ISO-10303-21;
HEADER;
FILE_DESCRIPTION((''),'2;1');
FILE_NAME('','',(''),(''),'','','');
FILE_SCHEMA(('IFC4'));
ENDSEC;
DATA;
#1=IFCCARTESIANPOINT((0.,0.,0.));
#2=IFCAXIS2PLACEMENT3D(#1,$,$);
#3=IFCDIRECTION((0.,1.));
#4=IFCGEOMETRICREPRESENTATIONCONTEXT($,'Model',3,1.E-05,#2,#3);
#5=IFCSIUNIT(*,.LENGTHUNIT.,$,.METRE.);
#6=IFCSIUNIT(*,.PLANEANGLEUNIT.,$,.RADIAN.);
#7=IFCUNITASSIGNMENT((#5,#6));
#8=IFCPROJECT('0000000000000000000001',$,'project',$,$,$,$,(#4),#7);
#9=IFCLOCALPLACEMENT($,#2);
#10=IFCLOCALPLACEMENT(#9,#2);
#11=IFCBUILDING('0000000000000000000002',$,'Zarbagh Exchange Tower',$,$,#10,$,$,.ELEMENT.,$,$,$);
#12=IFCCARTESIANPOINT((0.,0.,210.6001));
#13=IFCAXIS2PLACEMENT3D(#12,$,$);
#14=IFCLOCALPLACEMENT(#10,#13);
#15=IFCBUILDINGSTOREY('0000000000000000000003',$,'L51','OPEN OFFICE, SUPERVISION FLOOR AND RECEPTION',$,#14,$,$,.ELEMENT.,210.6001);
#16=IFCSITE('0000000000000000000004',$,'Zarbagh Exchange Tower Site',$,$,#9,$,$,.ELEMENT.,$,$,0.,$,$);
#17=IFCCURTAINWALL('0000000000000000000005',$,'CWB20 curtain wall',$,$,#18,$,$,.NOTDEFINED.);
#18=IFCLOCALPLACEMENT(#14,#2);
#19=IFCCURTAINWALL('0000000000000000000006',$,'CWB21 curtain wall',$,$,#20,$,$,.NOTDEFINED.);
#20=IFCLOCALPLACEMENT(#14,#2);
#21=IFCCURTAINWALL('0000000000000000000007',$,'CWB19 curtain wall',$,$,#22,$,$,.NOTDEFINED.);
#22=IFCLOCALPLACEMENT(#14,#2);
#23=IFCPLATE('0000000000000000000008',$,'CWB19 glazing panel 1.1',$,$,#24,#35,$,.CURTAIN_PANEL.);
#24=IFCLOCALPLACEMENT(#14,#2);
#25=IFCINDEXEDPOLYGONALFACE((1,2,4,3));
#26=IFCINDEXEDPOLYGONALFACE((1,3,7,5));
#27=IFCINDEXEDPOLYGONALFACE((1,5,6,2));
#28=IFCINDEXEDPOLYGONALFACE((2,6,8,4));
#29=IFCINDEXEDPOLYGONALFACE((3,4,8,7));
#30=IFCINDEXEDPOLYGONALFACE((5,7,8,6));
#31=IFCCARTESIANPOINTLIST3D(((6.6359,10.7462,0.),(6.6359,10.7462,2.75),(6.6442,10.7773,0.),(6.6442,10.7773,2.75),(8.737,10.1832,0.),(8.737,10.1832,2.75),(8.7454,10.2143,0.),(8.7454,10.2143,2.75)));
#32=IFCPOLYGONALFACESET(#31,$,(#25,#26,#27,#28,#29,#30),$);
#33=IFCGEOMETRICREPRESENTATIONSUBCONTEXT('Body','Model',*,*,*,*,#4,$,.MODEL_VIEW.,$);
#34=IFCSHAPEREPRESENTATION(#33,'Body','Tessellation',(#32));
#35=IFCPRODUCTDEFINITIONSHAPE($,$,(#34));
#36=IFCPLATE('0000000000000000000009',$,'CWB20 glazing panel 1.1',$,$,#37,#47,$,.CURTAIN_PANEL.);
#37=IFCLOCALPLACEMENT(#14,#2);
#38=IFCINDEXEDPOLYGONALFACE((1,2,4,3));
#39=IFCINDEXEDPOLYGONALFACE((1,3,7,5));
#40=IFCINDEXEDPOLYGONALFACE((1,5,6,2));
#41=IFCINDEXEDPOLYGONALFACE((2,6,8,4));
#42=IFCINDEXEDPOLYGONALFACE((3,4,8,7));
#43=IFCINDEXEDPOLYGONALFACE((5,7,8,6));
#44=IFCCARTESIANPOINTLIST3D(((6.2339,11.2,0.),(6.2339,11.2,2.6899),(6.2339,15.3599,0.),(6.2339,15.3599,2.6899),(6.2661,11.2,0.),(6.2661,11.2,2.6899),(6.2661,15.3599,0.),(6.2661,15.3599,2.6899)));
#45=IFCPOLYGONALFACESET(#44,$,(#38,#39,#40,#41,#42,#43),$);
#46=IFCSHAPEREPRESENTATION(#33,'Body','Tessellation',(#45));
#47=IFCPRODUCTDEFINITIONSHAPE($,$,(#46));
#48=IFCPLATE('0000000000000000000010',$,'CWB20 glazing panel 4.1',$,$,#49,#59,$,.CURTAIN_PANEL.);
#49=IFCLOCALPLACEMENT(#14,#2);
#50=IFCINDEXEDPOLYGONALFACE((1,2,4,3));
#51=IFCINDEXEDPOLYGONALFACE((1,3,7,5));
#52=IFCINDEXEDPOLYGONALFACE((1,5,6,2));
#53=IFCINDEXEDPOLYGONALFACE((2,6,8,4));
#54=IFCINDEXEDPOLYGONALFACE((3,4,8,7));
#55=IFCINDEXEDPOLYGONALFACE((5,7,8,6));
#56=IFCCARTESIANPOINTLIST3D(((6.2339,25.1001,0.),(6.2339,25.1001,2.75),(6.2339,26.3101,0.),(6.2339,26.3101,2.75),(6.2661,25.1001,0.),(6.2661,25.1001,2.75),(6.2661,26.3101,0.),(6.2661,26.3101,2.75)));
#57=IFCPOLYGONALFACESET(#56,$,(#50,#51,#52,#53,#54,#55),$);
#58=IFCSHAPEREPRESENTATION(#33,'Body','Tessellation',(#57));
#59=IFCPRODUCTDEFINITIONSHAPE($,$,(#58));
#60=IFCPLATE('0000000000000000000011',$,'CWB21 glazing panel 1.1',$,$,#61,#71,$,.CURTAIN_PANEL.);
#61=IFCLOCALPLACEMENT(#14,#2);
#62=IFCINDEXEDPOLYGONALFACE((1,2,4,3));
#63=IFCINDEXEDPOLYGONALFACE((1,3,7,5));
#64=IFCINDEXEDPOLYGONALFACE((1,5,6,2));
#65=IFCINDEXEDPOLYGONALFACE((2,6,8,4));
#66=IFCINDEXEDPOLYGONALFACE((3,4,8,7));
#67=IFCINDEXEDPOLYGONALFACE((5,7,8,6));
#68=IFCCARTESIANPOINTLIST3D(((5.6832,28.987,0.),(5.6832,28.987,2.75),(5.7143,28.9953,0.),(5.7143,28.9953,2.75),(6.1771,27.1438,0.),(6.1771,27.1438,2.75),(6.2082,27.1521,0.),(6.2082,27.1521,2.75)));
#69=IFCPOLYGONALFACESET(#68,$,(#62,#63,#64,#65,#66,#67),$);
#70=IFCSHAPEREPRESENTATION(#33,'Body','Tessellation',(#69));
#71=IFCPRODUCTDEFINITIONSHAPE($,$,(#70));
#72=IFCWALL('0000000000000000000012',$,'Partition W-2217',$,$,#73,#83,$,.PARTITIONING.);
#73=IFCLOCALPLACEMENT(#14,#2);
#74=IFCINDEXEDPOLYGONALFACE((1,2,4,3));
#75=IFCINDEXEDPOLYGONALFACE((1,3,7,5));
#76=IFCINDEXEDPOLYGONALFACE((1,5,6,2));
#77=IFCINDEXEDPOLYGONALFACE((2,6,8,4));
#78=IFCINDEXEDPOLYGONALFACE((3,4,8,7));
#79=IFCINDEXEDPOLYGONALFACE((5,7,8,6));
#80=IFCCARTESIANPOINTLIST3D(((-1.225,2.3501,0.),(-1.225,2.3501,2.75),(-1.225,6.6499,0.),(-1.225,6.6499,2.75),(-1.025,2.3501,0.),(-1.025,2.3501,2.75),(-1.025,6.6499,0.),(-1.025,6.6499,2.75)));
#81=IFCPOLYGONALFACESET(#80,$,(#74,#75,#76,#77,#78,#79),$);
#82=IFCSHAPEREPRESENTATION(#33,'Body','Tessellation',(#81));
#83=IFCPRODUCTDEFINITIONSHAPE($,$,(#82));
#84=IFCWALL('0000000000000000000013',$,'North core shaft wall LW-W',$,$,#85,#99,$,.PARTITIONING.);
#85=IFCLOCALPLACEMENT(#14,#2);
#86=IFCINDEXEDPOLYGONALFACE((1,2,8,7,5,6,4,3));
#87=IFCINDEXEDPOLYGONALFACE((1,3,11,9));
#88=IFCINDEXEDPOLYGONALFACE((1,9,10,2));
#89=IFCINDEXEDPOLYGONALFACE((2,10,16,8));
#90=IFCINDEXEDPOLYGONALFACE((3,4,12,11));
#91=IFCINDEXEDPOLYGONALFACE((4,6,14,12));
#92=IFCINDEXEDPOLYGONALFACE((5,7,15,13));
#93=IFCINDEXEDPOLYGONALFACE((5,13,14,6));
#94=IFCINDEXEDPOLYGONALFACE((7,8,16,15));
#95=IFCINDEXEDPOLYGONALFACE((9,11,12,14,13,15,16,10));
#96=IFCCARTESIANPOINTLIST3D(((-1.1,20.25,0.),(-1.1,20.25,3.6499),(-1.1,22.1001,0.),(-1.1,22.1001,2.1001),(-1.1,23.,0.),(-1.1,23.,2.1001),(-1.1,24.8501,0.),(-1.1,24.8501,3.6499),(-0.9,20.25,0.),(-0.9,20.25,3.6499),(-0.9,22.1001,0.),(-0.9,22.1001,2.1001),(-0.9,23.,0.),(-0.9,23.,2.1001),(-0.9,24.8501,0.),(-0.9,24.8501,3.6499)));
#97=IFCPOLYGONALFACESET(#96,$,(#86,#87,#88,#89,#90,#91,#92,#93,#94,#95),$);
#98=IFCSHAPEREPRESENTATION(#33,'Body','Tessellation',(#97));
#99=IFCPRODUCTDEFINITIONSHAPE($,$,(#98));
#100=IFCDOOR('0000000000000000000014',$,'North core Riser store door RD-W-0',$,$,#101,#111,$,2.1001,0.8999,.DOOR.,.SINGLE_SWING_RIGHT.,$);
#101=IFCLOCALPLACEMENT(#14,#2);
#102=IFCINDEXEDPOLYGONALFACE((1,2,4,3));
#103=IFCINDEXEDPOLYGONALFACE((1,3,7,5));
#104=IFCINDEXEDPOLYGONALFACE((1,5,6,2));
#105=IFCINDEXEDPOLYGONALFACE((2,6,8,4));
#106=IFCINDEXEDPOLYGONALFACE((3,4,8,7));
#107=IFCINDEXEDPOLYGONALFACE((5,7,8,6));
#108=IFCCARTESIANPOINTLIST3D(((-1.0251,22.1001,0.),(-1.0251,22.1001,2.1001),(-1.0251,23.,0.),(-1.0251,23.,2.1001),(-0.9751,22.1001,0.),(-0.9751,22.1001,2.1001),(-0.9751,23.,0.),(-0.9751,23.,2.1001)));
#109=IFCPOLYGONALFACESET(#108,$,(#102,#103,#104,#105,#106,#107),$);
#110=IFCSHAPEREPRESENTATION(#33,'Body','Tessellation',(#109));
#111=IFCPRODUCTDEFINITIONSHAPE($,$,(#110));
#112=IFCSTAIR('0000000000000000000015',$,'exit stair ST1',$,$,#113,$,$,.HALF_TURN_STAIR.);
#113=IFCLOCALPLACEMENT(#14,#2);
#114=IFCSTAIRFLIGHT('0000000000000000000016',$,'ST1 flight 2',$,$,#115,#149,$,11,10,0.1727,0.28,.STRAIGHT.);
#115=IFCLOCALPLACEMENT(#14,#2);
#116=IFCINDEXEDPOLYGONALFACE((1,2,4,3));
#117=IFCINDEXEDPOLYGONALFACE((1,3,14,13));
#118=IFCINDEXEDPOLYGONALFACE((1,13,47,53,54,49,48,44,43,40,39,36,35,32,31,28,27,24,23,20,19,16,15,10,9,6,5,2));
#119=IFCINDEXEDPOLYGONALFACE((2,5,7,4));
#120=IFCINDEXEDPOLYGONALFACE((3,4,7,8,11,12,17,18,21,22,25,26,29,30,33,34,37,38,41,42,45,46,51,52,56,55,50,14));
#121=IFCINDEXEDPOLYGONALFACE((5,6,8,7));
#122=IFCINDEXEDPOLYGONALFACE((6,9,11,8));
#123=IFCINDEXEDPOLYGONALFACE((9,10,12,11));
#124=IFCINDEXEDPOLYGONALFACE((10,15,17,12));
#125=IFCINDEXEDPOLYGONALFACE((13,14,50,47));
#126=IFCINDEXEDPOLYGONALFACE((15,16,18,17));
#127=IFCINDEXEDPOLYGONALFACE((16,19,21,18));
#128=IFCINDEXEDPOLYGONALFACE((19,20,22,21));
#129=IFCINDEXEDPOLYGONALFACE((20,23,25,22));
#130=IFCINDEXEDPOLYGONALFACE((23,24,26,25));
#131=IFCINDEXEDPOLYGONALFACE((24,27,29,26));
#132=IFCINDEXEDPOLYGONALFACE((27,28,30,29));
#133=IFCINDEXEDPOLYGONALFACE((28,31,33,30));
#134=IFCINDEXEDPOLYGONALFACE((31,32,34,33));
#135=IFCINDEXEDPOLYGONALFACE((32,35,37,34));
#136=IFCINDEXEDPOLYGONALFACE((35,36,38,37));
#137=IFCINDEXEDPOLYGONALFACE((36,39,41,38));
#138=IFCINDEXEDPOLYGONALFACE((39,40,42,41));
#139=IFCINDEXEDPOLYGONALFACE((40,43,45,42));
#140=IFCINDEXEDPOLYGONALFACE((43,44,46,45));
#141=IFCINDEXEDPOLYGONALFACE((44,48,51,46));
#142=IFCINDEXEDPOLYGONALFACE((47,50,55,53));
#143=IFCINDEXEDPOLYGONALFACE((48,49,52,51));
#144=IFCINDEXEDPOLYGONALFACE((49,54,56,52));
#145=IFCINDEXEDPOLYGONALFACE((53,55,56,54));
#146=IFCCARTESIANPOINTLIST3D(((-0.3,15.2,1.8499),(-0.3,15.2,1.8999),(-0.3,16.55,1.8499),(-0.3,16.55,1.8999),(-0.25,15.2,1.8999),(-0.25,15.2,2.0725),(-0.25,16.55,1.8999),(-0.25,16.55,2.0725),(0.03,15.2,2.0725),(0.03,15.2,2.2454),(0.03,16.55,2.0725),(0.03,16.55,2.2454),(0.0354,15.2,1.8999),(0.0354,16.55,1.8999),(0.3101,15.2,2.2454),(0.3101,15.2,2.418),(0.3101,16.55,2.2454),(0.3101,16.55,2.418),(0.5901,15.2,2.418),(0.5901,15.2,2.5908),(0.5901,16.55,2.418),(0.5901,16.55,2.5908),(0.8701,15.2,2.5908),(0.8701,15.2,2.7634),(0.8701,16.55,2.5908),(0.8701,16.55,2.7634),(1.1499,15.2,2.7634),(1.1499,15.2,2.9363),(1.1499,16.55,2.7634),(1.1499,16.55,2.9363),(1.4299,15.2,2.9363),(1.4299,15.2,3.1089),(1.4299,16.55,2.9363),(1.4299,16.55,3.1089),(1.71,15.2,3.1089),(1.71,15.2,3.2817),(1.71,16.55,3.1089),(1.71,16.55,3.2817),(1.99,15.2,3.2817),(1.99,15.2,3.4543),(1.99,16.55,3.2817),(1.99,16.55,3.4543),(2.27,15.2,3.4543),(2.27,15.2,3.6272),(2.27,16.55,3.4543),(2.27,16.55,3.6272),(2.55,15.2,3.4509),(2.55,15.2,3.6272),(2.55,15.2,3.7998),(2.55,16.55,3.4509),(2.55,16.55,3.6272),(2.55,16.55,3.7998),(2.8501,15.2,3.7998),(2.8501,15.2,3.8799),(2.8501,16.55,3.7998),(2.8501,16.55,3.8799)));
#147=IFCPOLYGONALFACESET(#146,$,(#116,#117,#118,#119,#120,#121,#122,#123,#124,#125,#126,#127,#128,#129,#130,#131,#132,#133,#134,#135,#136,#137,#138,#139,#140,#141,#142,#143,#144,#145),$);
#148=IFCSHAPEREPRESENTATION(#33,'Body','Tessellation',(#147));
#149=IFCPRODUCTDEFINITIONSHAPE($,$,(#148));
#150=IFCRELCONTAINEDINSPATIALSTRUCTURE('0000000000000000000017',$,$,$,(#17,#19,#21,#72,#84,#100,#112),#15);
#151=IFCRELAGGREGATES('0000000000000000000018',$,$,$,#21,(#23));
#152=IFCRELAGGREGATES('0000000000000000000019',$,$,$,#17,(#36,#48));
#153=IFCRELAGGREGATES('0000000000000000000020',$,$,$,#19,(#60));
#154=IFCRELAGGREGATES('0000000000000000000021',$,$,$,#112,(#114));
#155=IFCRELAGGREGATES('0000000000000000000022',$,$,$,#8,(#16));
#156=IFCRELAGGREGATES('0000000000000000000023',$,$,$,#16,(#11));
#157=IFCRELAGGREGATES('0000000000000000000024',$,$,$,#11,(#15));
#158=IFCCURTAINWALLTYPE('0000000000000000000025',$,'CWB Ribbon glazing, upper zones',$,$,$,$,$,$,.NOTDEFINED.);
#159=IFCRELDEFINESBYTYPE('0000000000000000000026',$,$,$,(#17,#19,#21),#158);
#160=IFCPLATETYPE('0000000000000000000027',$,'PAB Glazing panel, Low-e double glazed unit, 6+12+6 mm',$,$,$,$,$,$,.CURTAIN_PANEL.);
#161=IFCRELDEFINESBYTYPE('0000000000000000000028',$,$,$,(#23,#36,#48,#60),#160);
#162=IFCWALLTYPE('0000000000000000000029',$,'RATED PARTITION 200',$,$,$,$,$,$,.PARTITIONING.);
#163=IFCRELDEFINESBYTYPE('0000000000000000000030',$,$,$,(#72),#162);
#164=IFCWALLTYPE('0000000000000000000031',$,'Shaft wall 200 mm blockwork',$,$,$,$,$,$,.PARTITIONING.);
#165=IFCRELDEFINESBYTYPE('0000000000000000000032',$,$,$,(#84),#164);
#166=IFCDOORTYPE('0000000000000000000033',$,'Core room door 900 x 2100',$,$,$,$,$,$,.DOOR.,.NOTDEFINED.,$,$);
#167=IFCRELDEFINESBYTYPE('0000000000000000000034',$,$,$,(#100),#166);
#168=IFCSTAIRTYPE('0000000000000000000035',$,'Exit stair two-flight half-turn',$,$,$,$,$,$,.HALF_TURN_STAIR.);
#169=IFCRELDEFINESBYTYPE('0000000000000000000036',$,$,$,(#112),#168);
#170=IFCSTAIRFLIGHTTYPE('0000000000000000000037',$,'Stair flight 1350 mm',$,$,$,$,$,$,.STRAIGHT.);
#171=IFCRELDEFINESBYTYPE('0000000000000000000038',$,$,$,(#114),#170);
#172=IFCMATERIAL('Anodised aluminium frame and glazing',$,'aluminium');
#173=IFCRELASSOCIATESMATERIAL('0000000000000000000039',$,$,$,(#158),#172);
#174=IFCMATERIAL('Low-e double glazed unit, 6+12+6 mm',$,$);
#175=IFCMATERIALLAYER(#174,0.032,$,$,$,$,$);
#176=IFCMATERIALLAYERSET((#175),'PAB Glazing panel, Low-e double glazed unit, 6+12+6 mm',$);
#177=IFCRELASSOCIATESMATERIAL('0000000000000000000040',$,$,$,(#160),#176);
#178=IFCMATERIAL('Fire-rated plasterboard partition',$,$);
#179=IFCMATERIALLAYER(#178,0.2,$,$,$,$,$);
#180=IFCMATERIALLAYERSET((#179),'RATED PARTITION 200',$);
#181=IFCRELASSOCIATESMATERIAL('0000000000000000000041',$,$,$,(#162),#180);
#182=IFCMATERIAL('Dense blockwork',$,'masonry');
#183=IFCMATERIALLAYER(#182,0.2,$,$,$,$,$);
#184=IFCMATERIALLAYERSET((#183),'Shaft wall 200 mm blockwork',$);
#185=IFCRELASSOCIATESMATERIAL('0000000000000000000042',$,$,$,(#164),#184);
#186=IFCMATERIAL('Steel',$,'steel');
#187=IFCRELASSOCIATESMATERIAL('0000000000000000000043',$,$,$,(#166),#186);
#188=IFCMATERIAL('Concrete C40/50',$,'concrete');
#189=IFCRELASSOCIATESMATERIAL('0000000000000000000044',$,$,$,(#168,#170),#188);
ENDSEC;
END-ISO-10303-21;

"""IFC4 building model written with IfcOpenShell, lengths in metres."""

from ifc_helpers import new_model, si_unit, direction, frame, frame_2d, origin, place, context, subcontext, project, spatial, polyline, rectangle, outline, extrude, source, transform, mapped, material, layer, layer_set, type_object, element, fill, aggregate, save


model = new_model("IFC4")

# Units and contexts
model_context = context("Model", 3, precision=1e-05, world=origin(), true_north=direction((0.0, 1.0)))
body_context = subcontext(model_context, "Body", "Model", "MODEL_VIEW")
ifc_project = project(units=[si_unit("LENGTHUNIT", "METRE"), si_unit("PLANEANGLEUNIT", "RADIAN")], contexts=[model_context])

# Site, building, storey
site_placement = place(None, origin())
site = spatial("IfcSite", under=ifc_project, at=site_placement, Name="Zarbagh Exchange Tower Site", CompositionType="ELEMENT", RefElevation=0.0)
building_placement = place(site_placement, origin())
building = spatial("IfcBuilding", under=site, at=building_placement, Name="Zarbagh Exchange Tower", CompositionType="ELEMENT")
storey_placement = place(building_placement, frame((0.0, 0.0, 210.6001)))
storey = spatial("IfcBuildingStorey", under=building, at=storey_placement, Name="L51", Description="OPEN OFFICE, SUPERVISION FLOOR AND RECEPTION", CompositionType="ELEMENT", Elevation=210.6001)

# Shared definitions
ifc_material_1 = material(Name="Anodised aluminium frame and glazing", Category="aluminium")
curtain_wall_type = type_object("IfcCurtainWallType", Name="CWB Ribbon glazing, upper zones", PredefinedType="NOTDEFINED", material=ifc_material_1)
placement = place(storey_placement, origin())

# Curtain wall
curtain_wall_1_placement = place(storey_placement, origin())
curtain_wall_1 = element("IfcCurtainWall", 1, at=curtain_wall_1_placement, inside=storey, type_object=curtain_wall_type, Name="CWB20 curtain wall", PredefinedType="NOTDEFINED")

# Curtain wall
curtain_wall_2_placement = place(storey_placement, origin())
curtain_wall_2 = element("IfcCurtainWall", 2, at=curtain_wall_2_placement, inside=storey, type_object=curtain_wall_type, Name="CWB21 curtain wall", PredefinedType="NOTDEFINED")

# Shared definitions
ifc_material_2 = material(Name="Low-e double glazed unit, 6+12+6 mm")
ifc_layer_1 = layer(ifc_material_2, 0.032)
ifc_layer_set_1 = layer_set([ifc_layer_1], Name="PAB Glazing panel, Low-e double glazed unit, 6+12+6 mm")
plate_type = type_object("IfcPlateType", Name="PAB Glazing panel, Low-e double glazed unit, 6+12+6 mm", PredefinedType="CURTAIN_PANEL", material=ifc_layer_set_1)

# Curtain wall, plate
curtain_wall_3_placement = place(storey_placement, origin())
curtain_wall_3 = element("IfcCurtainWall", 3, at=curtain_wall_3_placement, inside=storey, type_object=curtain_wall_type, Name="CWB19 curtain wall", PredefinedType="NOTDEFINED")
shared_shape_1 = source(origin(), body_context, "Body", "SweptSolid", [
    extrude(outline(polyline([(0.0, -0.0161), (2.1753, -0.0161), (2.1753, 0.0161), (0.0, 0.0161), (0.0, -0.0161)])), origin(), (0.0, 0.0, 1.0), 2.75),
])
plate_1 = element("IfcPlate", 4, at=placement, type_object=plate_type, Name="CWB19 glazing panel 1.1", PredefinedType="CURTAIN_PANEL", context=body_context, shape_type="MappedRepresentation", body=[
    mapped(shared_shape_1, transform((8.7412, 10.1987, 0.0), x_axis=(-0.965924, 0.258825, 0.0), y_axis=(-0.258825, -0.965924, 0.0), z_axis=(0.0, 0.0, 1.0))),
])
aggregate(curtain_wall_3, [plate_1])

# Plates
shared_shape_2 = source(origin(), body_context, "Body", "SweptSolid", [
    extrude(outline(polyline([(0.0, -0.0161), (4.1599, -0.0161), (4.1599, 0.0161), (0.0, 0.0161), (0.0, -0.0161)])), origin(), (0.0, 0.0, 1.0), 2.6899),
])
plate_2 = element("IfcPlate", 5, at=placement, type_object=plate_type, Name="CWB20 glazing panel 1.1", PredefinedType="CURTAIN_PANEL", context=body_context, shape_type="MappedRepresentation", body=[
    mapped(shared_shape_2, transform((6.25, 11.2, 0.0), x_axis=(0.0, 1.0, 0.0), y_axis=(-1.0, 0.0, 0.0), z_axis=(0.0, 0.0, 1.0))),
])
shared_shape_3 = source(origin(), body_context, "Body", "SweptSolid", [
    extrude(outline(polyline([(0.0, -0.0161), (1.21, -0.0161), (1.21, 0.0161), (0.0, 0.0161), (0.0, -0.0161)])), origin(), (0.0, 0.0, 1.0), 2.75),
])
plate_3 = element("IfcPlate", 6, at=placement, type_object=plate_type, Name="CWB20 glazing panel 4.1", PredefinedType="CURTAIN_PANEL", context=body_context, shape_type="MappedRepresentation", body=[
    mapped(shared_shape_3, transform((6.25, 25.1001, 0.0), x_axis=(0.0, 1.0, 0.0), y_axis=(-1.0, 0.0, 0.0), z_axis=(0.0, 0.0, 1.0))),
])
aggregate(curtain_wall_1, [plate_2, plate_3])
shared_shape_4 = source(origin(), body_context, "Body", "SweptSolid", [
    extrude(outline(polyline([(0.0, -0.0161), (1.9082, -0.0161), (1.9082, 0.0161), (0.0, 0.0161), (0.0, -0.0161)])), origin(), (0.0, 0.0, 1.0), 2.75),
])
plate_4 = element("IfcPlate", 7, at=placement, type_object=plate_type, Name="CWB21 glazing panel 1.1", PredefinedType="CURTAIN_PANEL", context=body_context, shape_type="MappedRepresentation", body=[
    mapped(shared_shape_4, transform((6.1926, 27.1479, 0.0), x_axis=(-0.258825, 0.965924, 0.0), y_axis=(-0.965924, -0.258825, 0.0), z_axis=(0.0, 0.0, 1.0))),
])
aggregate(curtain_wall_2, [plate_4])

# Wall
ifc_material_3 = material(Name="Fire-rated plasterboard partition")
ifc_layer_2 = layer(ifc_material_3, 0.2)
ifc_layer_set_2 = layer_set([ifc_layer_2], Name="RATED PARTITION 200")
wall_type_1 = type_object("IfcWallType", Name="RATED PARTITION 200", PredefinedType="PARTITIONING", material=ifc_layer_set_2)
wall_1_placement = place(storey_placement, frame((-1.125, 2.3501, 0.0), z_axis=(0.0, 0.0, 1.0), x_axis=(0.0, 1.0, 0.0)))
element("IfcWall", 8, at=wall_1_placement, inside=storey, type_object=wall_type_1, Name="Partition W-2217", PredefinedType="PARTITIONING", context=body_context, shape_type="SweptSolid", body=[
    extrude(rectangle(XDim=4.2998, YDim=0.2, at=frame_2d((2.1499, 0.0))), origin(), (0.0, 0.0, 1.0), 2.75),
])

# Wall, opening, door
ifc_material_4 = material(Name="Dense blockwork", Category="masonry")
ifc_layer_3 = layer(ifc_material_4, 0.2)
ifc_layer_set_3 = layer_set([ifc_layer_3], Name="Shaft wall 200 mm blockwork")
wall_type_2 = type_object("IfcWallType", Name="Shaft wall 200 mm blockwork", PredefinedType="PARTITIONING", material=ifc_layer_set_3)
wall_2_placement = place(storey_placement, frame((-1.0, 24.8501, 0.0), z_axis=(0.0, 0.0, 1.0), x_axis=(0.0, -1.0, 0.0)))
wall_2 = element("IfcWall", 9, at=wall_2_placement, inside=storey, type_object=wall_type_2, Name="North core shaft wall LW-W", PredefinedType="PARTITIONING", context=body_context, shape_type="SweptSolid", body=[
    extrude(rectangle(XDim=4.6001, YDim=0.2, at=frame_2d((2.3, 0.0))), origin(), (0.0, 0.0, 1.0), 3.6499),
])
opening_placement = place(wall_2_placement, frame((1.8501, 0.0, 0.0)))
opening = element("IfcOpeningElement", 10, at=opening_placement, cuts=wall_2, PredefinedType="OPENING", context=body_context, shape_type="SweptSolid", body=[
    extrude(rectangle(XDim=0.8999, YDim=2.1001, at=frame_2d((0.45, 1.05))), frame((0.0, 0.1099, 0.0), z_axis=(0.0, -1.0, 0.0), x_axis=(1.0, 0.0, 0.0)), (0.0, 0.0, 1.0), 0.22),
])
ifc_material_5 = material(Name="Steel", Category="steel")
door_type = type_object("IfcDoorType", Name="Core room door 900 x 2100", OperationType="NOTDEFINED", PredefinedType="DOOR", material=ifc_material_5)
door_placement = place(opening_placement, origin())
door = element("IfcDoor", 11, at=door_placement, inside=storey, type_object=door_type, Name="North core Riser store door RD-W-0", OperationType="SINGLE_SWING_RIGHT", OverallHeight=2.1001, OverallWidth=0.8999, PredefinedType="DOOR", context=body_context, shape_type="SweptSolid", body=[
    extrude(rectangle(XDim=0.8999, YDim=2.1001, at=frame_2d((0.45, 1.05))), frame((0.0, 0.0249, 0.0), z_axis=(0.0, -1.0, 0.0), x_axis=(1.0, 0.0, 0.0)), (0.0, 0.0, 1.0), 0.05),
])
fill(opening, door)

# Stair, stair flight
ifc_material_6 = material(Name="Concrete C40/50", Category="concrete")
stair_type = type_object("IfcStairType", Name="Exit stair two-flight half-turn", PredefinedType="HALF_TURN_STAIR", material=ifc_material_6)
stair_placement = place(storey_placement, origin())
stair = element("IfcStair", 12, at=stair_placement, inside=storey, type_object=stair_type, Name="exit stair ST1", PredefinedType="HALF_TURN_STAIR")
stair_flight_type = type_object("IfcStairFlightType", Name="Stair flight 1350 mm", PredefinedType="STRAIGHT", material=ifc_material_6)
stair_flight_placement = place(storey_placement, frame((-0.25, 15.875, 1.8999), z_axis=(0.0, 0.0, 1.0), x_axis=(1.0, 0.0, 0.0)))
stair_flight = element("IfcStairFlight", 13, at=stair_flight_placement, type_object=stair_flight_type, Name="ST1 flight 2", NumberOfRisers=11, NumberOfTreads=10, PredefinedType="STRAIGHT", RiserHeight=0.1727, TreadLength=0.28, context=body_context, shape_type="SweptSolid", body=[
    extrude(outline(polyline([(-0.05, -0.05), (-0.05, 0.0), (0.0, 0.0), (0.0, 0.1726), (0.28, 0.1726), (0.28, 0.3455), (0.5601, 0.3455), (0.5601, 0.5181), (0.8401, 0.5181), (0.8401, 0.6909), (1.1201, 0.6909), (1.1201, 0.8635), (1.3999, 0.8635), (1.3999, 1.0364), (1.6799, 1.0364), (1.6799, 1.209), (1.96, 1.209), (1.96, 1.3818), (2.24, 1.3818), (2.24, 1.5544), (2.52, 1.5544), (2.52, 1.7273), (2.8, 1.7273), (2.8, 1.8999), (3.1001, 1.98), (3.1001, 1.8999), (2.8, 1.551), (0.2854, 0.0), (-0.05, -0.05)])), frame((0.0, 0.675, 0.0), z_axis=(0.0, -1.0, 0.0), x_axis=(1.0, 0.0, 0.0)), (0.0, 0.0, 1.0), 1.3501),
])
aggregate(stair, [stair_flight])

save(model, "model.ifc")
